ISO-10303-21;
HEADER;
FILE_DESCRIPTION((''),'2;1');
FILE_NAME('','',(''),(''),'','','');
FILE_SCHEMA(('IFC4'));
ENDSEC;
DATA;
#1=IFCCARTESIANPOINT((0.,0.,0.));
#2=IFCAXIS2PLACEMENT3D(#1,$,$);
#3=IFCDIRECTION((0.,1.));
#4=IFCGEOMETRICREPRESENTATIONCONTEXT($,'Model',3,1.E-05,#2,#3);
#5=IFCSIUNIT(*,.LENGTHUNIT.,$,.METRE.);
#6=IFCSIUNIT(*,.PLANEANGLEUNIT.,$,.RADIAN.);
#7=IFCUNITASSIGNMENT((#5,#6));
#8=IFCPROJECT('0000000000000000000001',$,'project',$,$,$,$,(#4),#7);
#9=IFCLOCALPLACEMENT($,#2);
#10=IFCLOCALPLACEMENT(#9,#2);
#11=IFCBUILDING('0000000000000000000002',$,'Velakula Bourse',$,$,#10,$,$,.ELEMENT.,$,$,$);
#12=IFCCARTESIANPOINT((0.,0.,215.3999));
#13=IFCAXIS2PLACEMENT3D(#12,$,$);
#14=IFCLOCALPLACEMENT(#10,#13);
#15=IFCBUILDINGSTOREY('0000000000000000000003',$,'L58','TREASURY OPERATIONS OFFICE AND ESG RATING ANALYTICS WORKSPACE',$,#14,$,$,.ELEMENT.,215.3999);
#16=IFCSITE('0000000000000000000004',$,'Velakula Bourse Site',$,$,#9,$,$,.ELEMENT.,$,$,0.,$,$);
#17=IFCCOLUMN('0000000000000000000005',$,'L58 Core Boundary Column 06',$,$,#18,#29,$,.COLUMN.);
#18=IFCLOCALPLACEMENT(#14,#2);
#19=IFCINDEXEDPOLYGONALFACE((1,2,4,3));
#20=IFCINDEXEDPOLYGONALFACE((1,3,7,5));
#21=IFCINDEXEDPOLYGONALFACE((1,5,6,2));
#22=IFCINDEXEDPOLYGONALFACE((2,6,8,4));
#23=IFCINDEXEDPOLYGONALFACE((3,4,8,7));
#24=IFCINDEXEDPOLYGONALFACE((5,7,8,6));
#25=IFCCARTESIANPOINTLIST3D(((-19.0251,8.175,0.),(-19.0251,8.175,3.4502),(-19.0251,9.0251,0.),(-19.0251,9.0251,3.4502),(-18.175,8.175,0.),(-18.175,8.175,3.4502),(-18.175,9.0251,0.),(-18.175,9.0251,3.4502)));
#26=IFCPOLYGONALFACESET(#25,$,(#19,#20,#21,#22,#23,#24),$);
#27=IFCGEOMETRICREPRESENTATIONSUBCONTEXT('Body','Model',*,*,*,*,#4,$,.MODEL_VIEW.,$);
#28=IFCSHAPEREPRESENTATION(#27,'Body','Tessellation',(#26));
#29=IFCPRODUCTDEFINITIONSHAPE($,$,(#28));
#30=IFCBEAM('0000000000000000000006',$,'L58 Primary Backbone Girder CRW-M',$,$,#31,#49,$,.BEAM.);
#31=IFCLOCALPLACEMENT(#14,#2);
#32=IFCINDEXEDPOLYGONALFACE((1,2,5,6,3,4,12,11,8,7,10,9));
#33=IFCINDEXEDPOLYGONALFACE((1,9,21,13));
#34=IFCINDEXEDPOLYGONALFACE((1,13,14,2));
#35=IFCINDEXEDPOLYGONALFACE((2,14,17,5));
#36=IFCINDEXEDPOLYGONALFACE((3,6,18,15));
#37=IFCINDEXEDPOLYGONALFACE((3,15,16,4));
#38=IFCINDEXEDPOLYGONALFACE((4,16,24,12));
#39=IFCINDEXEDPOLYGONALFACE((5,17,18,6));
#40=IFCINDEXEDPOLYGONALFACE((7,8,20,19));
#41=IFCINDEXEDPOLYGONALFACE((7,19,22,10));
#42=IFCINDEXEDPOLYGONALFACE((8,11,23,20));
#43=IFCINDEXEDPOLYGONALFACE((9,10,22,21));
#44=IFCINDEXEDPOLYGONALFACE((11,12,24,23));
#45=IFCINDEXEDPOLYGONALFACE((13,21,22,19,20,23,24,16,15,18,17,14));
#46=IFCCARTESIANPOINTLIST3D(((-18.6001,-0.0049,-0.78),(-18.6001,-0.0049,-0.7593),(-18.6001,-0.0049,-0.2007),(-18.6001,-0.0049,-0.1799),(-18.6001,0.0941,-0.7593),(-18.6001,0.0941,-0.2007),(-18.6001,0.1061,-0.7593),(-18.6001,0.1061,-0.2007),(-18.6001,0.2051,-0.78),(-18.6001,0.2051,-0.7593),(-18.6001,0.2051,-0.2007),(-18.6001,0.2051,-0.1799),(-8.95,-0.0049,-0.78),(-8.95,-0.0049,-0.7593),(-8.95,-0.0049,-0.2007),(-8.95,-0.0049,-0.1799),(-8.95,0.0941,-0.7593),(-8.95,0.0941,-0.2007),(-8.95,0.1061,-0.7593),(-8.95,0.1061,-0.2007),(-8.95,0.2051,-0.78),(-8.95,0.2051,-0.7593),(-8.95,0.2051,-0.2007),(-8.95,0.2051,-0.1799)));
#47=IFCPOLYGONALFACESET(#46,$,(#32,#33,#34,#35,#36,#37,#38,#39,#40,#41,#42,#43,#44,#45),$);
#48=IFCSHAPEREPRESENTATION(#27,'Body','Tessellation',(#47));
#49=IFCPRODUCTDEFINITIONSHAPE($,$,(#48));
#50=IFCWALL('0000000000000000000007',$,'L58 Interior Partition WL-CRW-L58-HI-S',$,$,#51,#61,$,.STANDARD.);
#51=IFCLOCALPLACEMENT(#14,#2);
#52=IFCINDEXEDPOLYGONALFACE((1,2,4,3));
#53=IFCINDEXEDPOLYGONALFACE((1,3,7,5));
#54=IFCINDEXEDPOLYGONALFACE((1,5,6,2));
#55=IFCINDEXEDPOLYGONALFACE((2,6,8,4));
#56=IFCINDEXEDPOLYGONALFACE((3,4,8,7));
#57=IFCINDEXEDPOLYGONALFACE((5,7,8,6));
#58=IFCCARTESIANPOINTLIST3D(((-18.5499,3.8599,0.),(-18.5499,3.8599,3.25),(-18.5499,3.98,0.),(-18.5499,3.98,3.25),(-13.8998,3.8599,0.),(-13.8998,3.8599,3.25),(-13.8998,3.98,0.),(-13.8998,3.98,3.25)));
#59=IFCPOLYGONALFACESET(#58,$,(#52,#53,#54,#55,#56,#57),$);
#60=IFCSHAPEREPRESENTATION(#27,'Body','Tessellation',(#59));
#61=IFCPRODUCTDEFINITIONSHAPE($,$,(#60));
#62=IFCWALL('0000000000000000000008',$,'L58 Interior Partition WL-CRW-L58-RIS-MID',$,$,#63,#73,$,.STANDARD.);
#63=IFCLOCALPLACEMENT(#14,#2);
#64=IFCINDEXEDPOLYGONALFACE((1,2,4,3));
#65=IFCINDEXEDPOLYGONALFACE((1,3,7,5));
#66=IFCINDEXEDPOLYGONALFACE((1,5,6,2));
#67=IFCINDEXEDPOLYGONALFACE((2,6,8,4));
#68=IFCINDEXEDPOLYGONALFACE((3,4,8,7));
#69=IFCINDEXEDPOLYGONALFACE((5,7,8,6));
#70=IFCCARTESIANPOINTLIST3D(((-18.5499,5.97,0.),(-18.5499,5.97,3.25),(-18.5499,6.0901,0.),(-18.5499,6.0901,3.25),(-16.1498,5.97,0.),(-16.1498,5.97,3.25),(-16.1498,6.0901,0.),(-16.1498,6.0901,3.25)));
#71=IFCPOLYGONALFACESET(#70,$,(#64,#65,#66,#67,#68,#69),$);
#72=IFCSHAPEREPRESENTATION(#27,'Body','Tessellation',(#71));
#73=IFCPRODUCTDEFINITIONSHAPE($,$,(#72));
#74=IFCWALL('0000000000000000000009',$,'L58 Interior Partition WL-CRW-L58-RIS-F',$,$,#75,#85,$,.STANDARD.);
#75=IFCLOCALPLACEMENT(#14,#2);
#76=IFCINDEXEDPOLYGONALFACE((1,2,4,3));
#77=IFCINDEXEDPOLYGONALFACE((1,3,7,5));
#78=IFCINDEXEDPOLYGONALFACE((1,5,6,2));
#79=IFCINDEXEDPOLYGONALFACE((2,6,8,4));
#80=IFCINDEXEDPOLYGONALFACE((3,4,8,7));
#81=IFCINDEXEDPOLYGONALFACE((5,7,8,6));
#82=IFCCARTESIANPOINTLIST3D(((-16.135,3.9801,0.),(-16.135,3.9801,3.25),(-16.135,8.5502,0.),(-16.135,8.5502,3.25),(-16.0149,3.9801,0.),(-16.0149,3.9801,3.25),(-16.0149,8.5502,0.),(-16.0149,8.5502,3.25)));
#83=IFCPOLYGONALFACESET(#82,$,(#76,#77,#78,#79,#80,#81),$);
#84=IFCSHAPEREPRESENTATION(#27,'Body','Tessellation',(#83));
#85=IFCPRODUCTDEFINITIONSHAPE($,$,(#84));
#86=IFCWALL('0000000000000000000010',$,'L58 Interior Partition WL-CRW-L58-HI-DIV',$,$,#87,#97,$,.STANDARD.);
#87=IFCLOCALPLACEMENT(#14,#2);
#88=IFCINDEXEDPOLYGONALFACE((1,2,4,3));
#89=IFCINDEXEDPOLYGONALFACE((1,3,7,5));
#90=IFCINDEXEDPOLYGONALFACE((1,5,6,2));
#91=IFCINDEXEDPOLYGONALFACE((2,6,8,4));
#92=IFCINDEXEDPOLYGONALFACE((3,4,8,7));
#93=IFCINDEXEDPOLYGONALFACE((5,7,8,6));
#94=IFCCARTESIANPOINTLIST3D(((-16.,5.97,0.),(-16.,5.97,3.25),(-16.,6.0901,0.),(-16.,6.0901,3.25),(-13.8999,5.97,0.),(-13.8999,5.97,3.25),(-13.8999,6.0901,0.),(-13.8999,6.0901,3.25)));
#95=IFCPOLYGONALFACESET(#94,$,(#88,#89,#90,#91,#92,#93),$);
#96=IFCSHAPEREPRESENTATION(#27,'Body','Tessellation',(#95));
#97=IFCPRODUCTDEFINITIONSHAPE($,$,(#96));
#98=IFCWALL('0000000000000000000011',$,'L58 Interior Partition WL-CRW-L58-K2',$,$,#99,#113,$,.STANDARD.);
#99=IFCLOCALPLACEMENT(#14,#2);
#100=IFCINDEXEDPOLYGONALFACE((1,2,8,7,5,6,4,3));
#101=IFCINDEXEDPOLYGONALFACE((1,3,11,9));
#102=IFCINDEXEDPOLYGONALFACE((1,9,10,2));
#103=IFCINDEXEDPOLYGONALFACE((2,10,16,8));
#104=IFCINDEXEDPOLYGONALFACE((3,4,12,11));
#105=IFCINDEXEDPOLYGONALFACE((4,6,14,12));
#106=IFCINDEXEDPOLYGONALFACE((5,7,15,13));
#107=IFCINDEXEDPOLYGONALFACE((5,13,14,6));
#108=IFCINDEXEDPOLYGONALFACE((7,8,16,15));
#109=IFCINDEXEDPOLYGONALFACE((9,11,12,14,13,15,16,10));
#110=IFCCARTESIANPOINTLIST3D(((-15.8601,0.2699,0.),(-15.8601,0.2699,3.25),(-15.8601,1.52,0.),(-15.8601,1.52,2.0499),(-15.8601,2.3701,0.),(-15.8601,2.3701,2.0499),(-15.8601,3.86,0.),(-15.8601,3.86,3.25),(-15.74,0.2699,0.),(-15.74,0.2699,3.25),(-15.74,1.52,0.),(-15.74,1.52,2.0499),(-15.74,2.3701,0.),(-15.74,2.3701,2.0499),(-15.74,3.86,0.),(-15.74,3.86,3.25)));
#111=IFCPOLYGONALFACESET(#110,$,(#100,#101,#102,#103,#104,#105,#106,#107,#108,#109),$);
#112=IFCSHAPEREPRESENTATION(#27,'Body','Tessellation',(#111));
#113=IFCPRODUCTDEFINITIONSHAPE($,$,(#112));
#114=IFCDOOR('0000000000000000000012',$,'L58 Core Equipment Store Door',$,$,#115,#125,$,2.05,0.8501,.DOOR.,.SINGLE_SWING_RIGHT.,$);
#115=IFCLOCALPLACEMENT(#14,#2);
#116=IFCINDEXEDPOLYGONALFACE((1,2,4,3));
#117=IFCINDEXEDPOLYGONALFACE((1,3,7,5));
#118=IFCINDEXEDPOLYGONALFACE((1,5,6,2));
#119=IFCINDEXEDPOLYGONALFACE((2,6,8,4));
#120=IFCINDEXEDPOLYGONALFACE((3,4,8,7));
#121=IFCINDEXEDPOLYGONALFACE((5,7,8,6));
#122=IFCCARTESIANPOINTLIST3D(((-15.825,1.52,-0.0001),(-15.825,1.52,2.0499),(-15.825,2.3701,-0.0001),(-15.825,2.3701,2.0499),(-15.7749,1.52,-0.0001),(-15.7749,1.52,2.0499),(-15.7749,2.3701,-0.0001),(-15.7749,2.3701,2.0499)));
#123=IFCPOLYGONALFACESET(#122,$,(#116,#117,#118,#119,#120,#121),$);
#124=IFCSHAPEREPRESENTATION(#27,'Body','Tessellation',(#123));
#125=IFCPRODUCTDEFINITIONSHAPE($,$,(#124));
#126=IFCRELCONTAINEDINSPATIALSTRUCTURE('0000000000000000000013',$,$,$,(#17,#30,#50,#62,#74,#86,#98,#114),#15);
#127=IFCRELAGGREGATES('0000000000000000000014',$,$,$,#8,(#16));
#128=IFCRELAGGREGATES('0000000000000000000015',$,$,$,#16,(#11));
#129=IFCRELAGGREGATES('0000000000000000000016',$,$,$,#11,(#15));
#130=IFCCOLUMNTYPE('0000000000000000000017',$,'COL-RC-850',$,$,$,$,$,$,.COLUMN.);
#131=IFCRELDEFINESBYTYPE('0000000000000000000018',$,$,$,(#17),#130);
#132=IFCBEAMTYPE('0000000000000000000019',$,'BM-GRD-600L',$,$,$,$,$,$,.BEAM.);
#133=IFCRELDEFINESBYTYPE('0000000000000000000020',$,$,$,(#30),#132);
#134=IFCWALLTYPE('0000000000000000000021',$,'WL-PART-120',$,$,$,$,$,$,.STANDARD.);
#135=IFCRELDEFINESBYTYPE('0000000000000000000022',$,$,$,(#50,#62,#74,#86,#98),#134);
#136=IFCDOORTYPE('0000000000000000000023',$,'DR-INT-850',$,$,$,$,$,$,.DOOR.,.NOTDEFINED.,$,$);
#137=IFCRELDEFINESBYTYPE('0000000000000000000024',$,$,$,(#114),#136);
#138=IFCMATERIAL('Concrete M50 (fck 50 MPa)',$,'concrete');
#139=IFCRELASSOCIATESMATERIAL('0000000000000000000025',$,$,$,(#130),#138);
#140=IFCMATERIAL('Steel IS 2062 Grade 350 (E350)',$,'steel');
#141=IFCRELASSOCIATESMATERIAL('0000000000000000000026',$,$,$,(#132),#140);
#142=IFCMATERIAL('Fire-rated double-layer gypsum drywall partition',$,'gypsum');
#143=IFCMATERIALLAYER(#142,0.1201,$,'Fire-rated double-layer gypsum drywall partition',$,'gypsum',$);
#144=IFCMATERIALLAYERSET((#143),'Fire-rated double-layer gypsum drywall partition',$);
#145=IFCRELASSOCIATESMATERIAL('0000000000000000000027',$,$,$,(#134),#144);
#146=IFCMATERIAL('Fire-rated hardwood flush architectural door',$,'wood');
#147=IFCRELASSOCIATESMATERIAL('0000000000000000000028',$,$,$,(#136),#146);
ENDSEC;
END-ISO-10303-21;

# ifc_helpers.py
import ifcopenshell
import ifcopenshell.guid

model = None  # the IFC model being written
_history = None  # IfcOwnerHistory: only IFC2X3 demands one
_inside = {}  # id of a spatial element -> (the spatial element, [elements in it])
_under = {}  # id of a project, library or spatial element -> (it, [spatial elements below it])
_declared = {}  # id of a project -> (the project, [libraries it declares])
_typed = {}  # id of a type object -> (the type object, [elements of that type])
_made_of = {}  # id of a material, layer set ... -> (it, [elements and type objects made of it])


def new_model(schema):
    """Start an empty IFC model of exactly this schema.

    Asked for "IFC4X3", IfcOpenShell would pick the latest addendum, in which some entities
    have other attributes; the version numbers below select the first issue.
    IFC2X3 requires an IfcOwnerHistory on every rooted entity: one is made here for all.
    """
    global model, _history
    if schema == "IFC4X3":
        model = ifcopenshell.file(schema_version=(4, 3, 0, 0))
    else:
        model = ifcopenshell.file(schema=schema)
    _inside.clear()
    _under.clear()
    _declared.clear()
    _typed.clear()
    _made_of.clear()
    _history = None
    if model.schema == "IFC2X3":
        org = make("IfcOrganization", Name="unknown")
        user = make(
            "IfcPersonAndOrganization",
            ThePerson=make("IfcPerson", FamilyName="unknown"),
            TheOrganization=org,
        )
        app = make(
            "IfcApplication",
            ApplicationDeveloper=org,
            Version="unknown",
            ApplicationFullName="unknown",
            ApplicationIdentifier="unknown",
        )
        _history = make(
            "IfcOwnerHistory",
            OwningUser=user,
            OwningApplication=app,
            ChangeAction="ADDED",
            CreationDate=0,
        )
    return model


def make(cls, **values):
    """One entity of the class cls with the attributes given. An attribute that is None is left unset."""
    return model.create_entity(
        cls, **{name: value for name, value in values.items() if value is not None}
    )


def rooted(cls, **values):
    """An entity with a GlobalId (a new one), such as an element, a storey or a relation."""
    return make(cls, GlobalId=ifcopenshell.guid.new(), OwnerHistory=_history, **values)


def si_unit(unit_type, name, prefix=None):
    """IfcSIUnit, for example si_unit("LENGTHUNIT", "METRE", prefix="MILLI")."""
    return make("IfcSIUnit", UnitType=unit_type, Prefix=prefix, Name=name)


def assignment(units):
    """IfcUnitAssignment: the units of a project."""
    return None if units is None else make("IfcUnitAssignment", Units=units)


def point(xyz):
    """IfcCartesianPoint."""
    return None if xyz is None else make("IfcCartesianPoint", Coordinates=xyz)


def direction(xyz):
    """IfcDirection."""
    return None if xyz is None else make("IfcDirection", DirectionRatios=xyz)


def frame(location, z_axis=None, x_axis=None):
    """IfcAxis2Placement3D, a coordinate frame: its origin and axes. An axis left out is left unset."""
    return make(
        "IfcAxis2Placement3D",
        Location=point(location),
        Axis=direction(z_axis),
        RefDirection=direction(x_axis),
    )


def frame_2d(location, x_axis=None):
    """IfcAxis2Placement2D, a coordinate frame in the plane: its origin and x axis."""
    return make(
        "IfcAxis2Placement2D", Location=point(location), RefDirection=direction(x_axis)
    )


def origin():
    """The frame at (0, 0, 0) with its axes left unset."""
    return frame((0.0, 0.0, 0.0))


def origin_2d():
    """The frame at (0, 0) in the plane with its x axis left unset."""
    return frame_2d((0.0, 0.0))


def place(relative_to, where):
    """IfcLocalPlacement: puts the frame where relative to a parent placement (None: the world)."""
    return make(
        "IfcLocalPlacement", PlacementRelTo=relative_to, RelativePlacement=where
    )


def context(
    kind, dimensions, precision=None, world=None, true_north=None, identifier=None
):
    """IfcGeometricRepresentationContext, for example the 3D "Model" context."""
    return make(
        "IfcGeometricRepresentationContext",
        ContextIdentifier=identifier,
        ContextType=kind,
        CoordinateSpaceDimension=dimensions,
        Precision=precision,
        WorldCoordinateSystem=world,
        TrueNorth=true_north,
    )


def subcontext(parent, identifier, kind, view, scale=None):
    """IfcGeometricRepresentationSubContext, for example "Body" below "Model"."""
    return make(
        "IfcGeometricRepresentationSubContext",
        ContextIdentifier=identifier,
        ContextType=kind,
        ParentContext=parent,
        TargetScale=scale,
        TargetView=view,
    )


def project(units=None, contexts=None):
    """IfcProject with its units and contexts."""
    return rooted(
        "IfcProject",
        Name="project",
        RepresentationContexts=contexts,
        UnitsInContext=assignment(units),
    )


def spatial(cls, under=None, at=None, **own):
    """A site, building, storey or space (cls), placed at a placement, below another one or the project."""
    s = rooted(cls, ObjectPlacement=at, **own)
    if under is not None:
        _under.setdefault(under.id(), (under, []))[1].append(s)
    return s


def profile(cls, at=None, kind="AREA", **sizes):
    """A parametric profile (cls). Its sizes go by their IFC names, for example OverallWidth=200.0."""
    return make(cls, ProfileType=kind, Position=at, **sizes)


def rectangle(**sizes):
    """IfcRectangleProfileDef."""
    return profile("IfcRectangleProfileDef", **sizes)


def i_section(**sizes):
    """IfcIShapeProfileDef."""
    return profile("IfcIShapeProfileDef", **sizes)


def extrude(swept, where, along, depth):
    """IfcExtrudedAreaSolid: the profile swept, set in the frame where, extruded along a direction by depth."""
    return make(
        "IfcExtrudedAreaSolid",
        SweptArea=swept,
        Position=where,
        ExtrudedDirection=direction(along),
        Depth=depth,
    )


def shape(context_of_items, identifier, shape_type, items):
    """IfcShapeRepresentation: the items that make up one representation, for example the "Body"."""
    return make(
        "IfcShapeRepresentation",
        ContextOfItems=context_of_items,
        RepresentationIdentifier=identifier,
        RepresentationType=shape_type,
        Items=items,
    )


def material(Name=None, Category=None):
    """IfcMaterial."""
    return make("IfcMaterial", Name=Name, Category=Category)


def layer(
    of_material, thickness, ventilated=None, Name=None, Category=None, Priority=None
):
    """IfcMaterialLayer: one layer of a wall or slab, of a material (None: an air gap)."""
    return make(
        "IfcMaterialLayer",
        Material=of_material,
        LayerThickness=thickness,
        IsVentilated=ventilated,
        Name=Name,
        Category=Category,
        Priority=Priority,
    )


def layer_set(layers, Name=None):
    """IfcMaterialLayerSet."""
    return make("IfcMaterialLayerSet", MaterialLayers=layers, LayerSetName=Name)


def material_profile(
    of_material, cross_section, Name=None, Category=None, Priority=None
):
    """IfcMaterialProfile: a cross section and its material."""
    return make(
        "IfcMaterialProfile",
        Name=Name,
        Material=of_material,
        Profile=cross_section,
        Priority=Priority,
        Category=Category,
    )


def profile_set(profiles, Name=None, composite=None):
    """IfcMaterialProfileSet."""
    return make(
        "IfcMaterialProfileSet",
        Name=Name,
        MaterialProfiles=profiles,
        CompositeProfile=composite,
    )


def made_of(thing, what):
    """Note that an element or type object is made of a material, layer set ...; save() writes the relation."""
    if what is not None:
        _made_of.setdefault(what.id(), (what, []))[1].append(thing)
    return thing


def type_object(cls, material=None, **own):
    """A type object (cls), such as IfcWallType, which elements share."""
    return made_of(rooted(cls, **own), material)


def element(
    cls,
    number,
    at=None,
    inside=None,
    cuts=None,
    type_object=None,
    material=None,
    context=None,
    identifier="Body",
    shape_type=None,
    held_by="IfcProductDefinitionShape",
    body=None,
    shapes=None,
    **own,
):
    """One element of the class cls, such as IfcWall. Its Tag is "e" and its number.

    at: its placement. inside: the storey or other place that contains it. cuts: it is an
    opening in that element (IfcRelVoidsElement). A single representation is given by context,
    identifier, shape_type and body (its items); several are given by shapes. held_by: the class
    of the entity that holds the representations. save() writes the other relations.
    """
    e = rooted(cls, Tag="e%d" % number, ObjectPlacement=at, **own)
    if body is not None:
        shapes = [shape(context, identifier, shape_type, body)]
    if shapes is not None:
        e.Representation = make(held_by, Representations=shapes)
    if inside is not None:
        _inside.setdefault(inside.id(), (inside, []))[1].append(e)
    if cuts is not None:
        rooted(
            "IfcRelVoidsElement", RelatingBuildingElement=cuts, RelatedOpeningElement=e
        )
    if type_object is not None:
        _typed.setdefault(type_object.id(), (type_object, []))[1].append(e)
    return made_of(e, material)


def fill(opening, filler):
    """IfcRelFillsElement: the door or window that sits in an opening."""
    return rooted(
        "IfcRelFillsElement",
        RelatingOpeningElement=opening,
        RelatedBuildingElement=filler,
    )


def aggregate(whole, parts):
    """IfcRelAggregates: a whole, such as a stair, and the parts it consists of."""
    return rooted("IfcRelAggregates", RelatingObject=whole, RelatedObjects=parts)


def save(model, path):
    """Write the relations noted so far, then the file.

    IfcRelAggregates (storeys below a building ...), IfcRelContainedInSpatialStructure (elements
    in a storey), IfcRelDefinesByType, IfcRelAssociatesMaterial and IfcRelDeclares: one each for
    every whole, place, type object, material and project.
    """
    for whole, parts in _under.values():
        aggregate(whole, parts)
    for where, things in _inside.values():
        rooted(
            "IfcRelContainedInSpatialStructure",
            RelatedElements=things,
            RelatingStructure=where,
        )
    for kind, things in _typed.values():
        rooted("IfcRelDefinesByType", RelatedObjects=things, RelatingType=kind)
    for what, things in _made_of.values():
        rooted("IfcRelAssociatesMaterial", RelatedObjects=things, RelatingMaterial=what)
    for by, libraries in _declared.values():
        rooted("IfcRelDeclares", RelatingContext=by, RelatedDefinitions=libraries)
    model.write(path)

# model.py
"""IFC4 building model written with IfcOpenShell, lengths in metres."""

from ifc_helpers import new_model, si_unit, direction, frame, frame_2d, origin, origin_2d, place, context, subcontext, project, spatial, rectangle, i_section, extrude, material, layer, layer_set, material_profile, profile_set, type_object, element, fill, save


model = new_model("IFC4")

# Units and contexts
model_context = context("Model", 3, precision=1e-05, world=origin(), true_north=direction((0.0, 1.0)))
body_context = subcontext(model_context, "Body", "Model", "MODEL_VIEW")
ifc_project = project(units=[si_unit("LENGTHUNIT", "METRE"), si_unit("PLANEANGLEUNIT", "RADIAN")], contexts=[model_context])

# Site, building, storey
site_placement = place(None, origin())
site = spatial("IfcSite", under=ifc_project, at=site_placement, Name="Velakula Bourse Site", CompositionType="ELEMENT", RefElevation=0.0)
building_placement = place(site_placement, origin())
building = spatial("IfcBuilding", under=site, at=building_placement, Name="Velakula Bourse", CompositionType="ELEMENT")
storey_placement = place(building_placement, frame((0.0, 0.0, 215.3999)))
storey = spatial("IfcBuildingStorey", under=building, at=storey_placement, Name="L58", Description="TREASURY OPERATIONS OFFICE AND ESG RATING ANALYTICS WORKSPACE", CompositionType="ELEMENT", Elevation=215.3999)

# Column
ifc_material_1 = material(Name="Concrete M50 (fck 50 MPa)", Category="concrete")
ifc_material_profile_1 = material_profile(ifc_material_1, rectangle(XDim=0.8501, YDim=0.8501, at=origin_2d()), Name="Concrete M50 (fck 50 MPa)")
ifc_profile_set_1 = profile_set([ifc_material_profile_1], Name="Concrete M50 (fck 50 MPa)")
column_type = type_object("IfcColumnType", Name="COL-RC-850", PredefinedType="COLUMN", material=ifc_profile_set_1)
column_placement = place(storey_placement, frame((-18.6001, 8.6001, 0.0), z_axis=(0.0, 0.0, 1.0), x_axis=(1.0, 0.0, 0.0)))
element("IfcColumn", 1, at=column_placement, inside=storey, type_object=column_type, Name="L58 Core Boundary Column 06", PredefinedType="COLUMN", context=body_context, shape_type="SweptSolid", body=[
    extrude(rectangle(XDim=0.8501, YDim=0.8501, at=origin_2d()), origin(), (0.0, 0.0, 1.0), 3.4502),
])

# Beam
ifc_material_2 = material(Name="Steel IS 2062 Grade 350 (E350)", Category="steel")
ifc_material_profile_2 = material_profile(ifc_material_2, i_section(OverallWidth=0.21, OverallDepth=0.6001, WebThickness=0.012, FlangeThickness=0.0208, at=origin_2d()), Name="Steel IS 2062 Grade 350 (E350)")
ifc_profile_set_2 = profile_set([ifc_material_profile_2], Name="Steel IS 2062 Grade 350 (E350)")
beam_type = type_object("IfcBeamType", Name="BM-GRD-600L", PredefinedType="BEAM", material=ifc_profile_set_2)
beam_placement = place(storey_placement, frame((-18.6001, 0.1001, -0.48), z_axis=(1.0, 0.0, 0.0), x_axis=(0.0, 1.0, 0.0)))
element("IfcBeam", 2, at=beam_placement, inside=storey, type_object=beam_type, Name="L58 Primary Backbone Girder CRW-M", PredefinedType="BEAM", context=body_context, shape_type="SweptSolid", body=[
    extrude(i_section(OverallWidth=0.21, OverallDepth=0.6001, WebThickness=0.012, FlangeThickness=0.0208, at=origin_2d()), origin(), (0.0, 0.0, 1.0), 9.6501),
])

# Walls
ifc_material_3 = material(Name="Fire-rated double-layer gypsum drywall partition", Category="gypsum")
ifc_layer_1 = layer(ifc_material_3, 0.1201, Name="Fire-rated double-layer gypsum drywall partition", Category="gypsum")
ifc_layer_set_1 = layer_set([ifc_layer_1], Name="Fire-rated double-layer gypsum drywall partition")
wall_type_1 = type_object("IfcWallType", Name="WL-PART-120", PredefinedType="STANDARD", material=ifc_layer_set_1)
wall_1_placement = place(storey_placement, frame((-18.55, 3.9199, 0.0), z_axis=(0.0, 0.0, 1.0), x_axis=(1.0, 0.0, 0.0)))
element("IfcWall", 3, at=wall_1_placement, inside=storey, type_object=wall_type_1, Name="L58 Interior Partition WL-CRW-L58-HI-S", PredefinedType="STANDARD", context=body_context, shape_type="SweptSolid", body=[
    extrude(rectangle(XDim=4.6501, YDim=0.1201, at=frame_2d((2.3252, 0.0))), origin(), (0.0, 0.0, 1.0), 3.25),
])
wall_2_placement = place(storey_placement, frame((-18.55, 6.03, 0.0), z_axis=(0.0, 0.0, 1.0), x_axis=(1.0, 0.0, 0.0)))
element("IfcWall", 4, at=wall_2_placement, inside=storey, type_object=wall_type_1, Name="L58 Interior Partition WL-CRW-L58-RIS-MID", PredefinedType="STANDARD", context=body_context, shape_type="SweptSolid", body=[
    extrude(rectangle(XDim=2.4001, YDim=0.1201, at=frame_2d((1.2002, 0.0))), origin(), (0.0, 0.0, 1.0), 3.25),
])
wall_3_placement = place(storey_placement, frame((-16.075, 3.98, 0.0), z_axis=(0.0, 0.0, 1.0), x_axis=(0.0, 1.0, 0.0)))
element("IfcWall", 5, at=wall_3_placement, inside=storey, type_object=wall_type_1, Name="L58 Interior Partition WL-CRW-L58-RIS-F", PredefinedType="STANDARD", context=body_context, shape_type="SweptSolid", body=[
    extrude(rectangle(XDim=4.5701, YDim=0.1201, at=frame_2d((2.2852, 0.0))), origin(), (0.0, 0.0, 1.0), 3.25),
])
wall_4_placement = place(storey_placement, frame((-16.0, 6.03, 0.0), z_axis=(0.0, 0.0, 1.0), x_axis=(1.0, 0.0, 0.0)))
element("IfcWall", 6, at=wall_4_placement, inside=storey, type_object=wall_type_1, Name="L58 Interior Partition WL-CRW-L58-HI-DIV", PredefinedType="STANDARD", context=body_context, shape_type="SweptSolid", body=[
    extrude(rectangle(XDim=2.1001, YDim=0.1201, at=frame_2d((1.05, 0.0))), origin(), (0.0, 0.0, 1.0), 3.25),
])

# Wall, opening, door
wall_5_placement = place(storey_placement, frame((-15.8, 0.27, 0.0), z_axis=(0.0, 0.0, 1.0), x_axis=(0.0, 1.0, 0.0)))
wall_5 = element("IfcWall", 7, at=wall_5_placement, inside=storey, type_object=wall_type_1, Name="L58 Interior Partition WL-CRW-L58-K2", PredefinedType="STANDARD", context=body_context, shape_type="SweptSolid", body=[
    extrude(rectangle(XDim=3.5901, YDim=0.1201, at=frame_2d((1.7949, 0.0))), origin(), (0.0, 0.0, 1.0), 3.25),
])
opening_1_placement = place(wall_5_placement, frame((1.25, 0.0, 0.0)))
opening_1 = element("IfcOpeningElement", 8, at=opening_1_placement, cuts=wall_5, PredefinedType="OPENING", context=body_context, shape_type="SweptSolid", body=[
    extrude(rectangle(XDim=0.8501, YDim=2.05, at=frame_2d((0.425, 1.0249))), frame((0.0, 0.0701, 0.0), z_axis=(0.0, -1.0, 0.0), x_axis=(1.0, 0.0, 0.0)), (0.0, 0.0, 1.0), 0.1401),
])
ifc_material_4 = material(Name="Fire-rated hardwood flush architectural door", Category="wood")
door_type_1 = type_object("IfcDoorType", Name="DR-INT-850", OperationType="NOTDEFINED", PredefinedType="DOOR", material=ifc_material_4)
door_1_placement = place(opening_1_placement, origin())
door_1 = element("IfcDoor", 9, at=door_1_placement, inside=storey, type_object=door_type_1, Name="L58 Core Equipment Store Door", OperationType="SINGLE_SWING_RIGHT", OverallHeight=2.05, OverallWidth=0.8501, PredefinedType="DOOR", context=body_context, shape_type="SweptSolid", body=[
    extrude(rectangle(XDim=0.8501, YDim=2.05, at=frame_2d((0.425, 1.0249))), frame((0.0, 0.0249, 0.0), z_axis=(0.0, -1.0, 0.0), x_axis=(1.0, 0.0, 0.0)), (0.0, 0.0, 1.0), 0.05),
])
fill(opening_1, door_1)

save(model, "model.ifc")
